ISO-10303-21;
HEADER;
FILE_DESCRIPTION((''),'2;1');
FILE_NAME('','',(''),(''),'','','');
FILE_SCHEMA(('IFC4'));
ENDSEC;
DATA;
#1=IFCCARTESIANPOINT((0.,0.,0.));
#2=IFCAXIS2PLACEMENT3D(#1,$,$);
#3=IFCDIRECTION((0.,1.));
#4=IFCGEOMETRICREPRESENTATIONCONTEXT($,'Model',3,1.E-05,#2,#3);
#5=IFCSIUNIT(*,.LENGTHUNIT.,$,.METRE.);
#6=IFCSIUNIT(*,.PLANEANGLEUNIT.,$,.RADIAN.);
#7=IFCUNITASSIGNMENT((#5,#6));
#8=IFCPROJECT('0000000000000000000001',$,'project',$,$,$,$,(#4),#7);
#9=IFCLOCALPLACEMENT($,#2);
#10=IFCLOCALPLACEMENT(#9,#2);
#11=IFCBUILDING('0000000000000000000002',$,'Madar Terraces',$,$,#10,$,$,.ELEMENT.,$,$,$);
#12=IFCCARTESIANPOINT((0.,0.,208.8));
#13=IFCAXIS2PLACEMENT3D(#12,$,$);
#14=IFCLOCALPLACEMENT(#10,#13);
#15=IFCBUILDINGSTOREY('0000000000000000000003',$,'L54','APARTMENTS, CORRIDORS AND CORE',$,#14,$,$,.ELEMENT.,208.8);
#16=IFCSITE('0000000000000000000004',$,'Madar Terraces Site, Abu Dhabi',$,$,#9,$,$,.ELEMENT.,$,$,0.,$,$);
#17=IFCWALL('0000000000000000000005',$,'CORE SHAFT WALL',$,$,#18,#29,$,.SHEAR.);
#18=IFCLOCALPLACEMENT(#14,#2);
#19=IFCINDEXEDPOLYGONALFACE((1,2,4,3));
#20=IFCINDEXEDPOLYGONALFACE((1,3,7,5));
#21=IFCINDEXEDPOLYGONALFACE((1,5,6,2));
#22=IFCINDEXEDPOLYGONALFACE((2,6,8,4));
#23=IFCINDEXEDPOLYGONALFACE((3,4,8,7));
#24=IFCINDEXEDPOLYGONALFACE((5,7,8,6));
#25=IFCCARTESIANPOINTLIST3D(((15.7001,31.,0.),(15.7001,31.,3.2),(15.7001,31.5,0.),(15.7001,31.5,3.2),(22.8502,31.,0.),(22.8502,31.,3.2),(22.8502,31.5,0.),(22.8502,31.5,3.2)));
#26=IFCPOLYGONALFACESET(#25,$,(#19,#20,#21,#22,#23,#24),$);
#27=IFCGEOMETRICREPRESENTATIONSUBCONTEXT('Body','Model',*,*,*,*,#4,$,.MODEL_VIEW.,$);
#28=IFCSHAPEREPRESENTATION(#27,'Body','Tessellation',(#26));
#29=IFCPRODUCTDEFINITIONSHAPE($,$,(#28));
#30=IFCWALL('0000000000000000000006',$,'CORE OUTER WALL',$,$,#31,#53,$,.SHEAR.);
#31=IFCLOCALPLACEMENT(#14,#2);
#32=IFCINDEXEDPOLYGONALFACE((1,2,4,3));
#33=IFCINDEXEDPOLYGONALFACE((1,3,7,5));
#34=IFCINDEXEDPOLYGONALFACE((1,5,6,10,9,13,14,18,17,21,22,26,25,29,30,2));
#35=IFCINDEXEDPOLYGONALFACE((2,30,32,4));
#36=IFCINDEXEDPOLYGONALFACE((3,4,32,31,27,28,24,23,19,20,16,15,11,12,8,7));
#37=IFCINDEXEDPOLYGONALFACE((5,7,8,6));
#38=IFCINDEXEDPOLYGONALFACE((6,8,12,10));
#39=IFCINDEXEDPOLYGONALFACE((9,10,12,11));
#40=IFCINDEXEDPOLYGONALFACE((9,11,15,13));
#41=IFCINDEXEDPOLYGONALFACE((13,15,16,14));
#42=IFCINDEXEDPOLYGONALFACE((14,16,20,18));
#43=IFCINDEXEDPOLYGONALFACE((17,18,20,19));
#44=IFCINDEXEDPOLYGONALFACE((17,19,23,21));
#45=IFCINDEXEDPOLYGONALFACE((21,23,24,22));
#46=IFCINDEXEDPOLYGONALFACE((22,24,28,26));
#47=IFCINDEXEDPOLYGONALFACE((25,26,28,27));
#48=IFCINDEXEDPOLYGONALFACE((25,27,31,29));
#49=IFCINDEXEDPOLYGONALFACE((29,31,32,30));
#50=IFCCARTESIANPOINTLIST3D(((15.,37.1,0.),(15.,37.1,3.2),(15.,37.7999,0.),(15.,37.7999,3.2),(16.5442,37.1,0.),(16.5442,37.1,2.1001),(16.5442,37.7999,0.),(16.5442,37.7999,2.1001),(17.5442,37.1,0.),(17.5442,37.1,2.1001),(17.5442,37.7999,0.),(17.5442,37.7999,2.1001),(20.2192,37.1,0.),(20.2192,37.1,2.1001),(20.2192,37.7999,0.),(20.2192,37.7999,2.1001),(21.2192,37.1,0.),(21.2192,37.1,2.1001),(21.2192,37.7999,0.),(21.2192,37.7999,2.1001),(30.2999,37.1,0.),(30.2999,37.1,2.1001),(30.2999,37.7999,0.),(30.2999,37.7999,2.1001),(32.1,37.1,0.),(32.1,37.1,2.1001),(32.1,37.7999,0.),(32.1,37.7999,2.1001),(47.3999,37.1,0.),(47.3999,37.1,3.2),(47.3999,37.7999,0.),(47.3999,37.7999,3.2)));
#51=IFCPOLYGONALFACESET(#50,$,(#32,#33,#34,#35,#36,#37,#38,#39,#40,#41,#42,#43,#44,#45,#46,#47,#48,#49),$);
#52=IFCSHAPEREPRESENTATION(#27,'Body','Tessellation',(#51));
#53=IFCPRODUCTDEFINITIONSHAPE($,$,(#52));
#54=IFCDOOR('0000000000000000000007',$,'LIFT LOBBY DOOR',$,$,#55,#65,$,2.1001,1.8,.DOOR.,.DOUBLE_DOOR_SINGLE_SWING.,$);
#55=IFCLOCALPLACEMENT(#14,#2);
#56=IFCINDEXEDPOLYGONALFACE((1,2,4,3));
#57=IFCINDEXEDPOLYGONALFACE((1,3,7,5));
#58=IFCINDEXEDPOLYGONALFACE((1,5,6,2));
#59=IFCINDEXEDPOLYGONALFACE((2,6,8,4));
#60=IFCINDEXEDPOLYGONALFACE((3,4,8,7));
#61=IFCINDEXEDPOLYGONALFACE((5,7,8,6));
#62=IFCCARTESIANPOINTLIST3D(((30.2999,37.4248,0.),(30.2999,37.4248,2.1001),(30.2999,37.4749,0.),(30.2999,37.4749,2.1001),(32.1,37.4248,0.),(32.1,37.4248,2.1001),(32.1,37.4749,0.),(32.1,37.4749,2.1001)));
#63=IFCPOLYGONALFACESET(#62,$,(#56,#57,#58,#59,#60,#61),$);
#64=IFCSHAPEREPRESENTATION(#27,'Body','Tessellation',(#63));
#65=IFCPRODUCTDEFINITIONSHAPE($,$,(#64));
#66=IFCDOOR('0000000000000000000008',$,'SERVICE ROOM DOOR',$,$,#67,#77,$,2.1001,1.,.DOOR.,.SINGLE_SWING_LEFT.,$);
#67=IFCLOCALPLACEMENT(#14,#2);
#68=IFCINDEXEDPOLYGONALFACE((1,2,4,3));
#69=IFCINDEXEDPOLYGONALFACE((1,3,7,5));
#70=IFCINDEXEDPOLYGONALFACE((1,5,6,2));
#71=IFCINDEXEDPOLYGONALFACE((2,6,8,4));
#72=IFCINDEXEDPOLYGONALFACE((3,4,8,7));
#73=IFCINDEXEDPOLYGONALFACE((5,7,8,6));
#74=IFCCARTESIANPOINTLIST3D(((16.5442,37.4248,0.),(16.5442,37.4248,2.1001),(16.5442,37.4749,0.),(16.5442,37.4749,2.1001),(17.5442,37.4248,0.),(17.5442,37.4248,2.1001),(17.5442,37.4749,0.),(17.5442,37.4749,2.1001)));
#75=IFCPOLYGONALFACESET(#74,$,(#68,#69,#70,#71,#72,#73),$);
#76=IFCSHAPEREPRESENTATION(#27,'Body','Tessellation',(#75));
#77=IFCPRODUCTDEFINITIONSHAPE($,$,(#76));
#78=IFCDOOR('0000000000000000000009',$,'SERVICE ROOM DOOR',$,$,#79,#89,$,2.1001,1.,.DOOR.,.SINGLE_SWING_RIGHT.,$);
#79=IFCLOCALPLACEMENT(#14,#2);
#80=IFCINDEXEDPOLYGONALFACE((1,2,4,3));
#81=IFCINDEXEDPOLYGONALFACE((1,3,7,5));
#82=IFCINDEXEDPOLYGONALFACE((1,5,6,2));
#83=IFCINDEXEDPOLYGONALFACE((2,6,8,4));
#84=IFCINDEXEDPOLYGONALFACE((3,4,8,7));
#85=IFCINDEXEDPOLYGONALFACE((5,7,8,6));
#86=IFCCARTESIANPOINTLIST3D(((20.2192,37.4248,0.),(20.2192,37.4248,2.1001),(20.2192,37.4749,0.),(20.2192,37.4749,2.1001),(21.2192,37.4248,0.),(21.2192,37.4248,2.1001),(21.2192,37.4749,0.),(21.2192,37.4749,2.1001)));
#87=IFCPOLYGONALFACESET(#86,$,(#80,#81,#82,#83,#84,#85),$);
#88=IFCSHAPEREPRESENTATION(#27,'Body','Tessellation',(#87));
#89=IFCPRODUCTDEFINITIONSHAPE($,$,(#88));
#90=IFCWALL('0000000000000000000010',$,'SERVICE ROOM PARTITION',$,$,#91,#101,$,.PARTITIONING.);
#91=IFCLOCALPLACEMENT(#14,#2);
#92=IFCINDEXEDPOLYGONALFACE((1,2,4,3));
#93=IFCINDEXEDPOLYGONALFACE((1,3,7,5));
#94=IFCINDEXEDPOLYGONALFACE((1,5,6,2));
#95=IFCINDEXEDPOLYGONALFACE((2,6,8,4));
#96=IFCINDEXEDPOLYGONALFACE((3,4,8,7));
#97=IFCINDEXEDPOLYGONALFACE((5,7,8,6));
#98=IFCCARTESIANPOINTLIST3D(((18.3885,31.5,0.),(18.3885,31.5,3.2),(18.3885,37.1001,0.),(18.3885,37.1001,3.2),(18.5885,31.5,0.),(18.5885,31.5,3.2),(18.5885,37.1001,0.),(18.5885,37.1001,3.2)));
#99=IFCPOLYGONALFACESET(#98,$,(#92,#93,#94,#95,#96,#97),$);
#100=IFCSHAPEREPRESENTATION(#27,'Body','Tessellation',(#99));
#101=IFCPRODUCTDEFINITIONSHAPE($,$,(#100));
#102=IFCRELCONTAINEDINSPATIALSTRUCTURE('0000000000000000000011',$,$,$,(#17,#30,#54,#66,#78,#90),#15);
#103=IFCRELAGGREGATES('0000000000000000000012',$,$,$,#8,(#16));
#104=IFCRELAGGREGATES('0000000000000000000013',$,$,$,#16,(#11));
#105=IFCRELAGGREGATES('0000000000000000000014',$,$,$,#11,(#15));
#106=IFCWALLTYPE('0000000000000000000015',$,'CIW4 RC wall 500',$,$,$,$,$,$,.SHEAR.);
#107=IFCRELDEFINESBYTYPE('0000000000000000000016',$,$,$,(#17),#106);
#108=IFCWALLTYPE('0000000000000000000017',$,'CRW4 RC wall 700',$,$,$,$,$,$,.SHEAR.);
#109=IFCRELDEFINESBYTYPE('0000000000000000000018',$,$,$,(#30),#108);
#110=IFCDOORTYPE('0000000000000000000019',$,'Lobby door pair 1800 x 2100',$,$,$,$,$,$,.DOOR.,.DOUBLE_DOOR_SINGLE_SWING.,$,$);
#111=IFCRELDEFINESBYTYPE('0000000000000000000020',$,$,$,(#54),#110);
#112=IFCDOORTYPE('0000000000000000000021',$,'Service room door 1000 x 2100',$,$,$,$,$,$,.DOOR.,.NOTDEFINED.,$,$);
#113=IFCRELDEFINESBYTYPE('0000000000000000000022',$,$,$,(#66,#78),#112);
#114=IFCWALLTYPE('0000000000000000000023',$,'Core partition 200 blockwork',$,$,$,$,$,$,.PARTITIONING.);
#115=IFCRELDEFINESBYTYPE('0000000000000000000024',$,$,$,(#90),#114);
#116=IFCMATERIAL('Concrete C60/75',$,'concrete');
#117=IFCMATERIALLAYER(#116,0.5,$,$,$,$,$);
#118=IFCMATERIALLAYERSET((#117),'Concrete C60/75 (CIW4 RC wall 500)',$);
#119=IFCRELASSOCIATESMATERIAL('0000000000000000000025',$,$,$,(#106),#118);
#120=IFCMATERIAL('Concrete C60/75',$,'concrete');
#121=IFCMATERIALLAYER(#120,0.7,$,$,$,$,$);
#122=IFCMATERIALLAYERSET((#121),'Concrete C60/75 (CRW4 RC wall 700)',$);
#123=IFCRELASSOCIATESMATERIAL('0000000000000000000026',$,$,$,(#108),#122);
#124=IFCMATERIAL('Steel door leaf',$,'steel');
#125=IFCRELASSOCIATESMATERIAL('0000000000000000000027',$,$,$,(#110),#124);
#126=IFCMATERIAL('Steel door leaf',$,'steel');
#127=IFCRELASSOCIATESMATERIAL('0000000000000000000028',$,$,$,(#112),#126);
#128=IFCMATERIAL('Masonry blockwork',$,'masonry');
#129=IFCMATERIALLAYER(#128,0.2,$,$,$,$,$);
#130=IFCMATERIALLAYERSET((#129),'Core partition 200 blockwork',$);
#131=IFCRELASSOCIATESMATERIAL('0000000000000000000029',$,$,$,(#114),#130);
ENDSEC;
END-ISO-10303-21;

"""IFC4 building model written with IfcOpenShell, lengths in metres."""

from ifc_helpers import new_model, si_unit, direction, frame, frame_2d, origin, place, context, subcontext, project, spatial, rectangle, extrude, material, layer, layer_set, type_object, element, fill, save


model = new_model("IFC4")

# Units and contexts
model_context = context("Model", 3, precision=1e-05, world=origin(), true_north=direction((0.0, 1.0)))
body_context = subcontext(model_context, "Body", "Model", "MODEL_VIEW")
ifc_project = project(units=[si_unit("LENGTHUNIT", "METRE"), si_unit("PLANEANGLEUNIT", "RADIAN")], contexts=[model_context])

# Site, building, storey
site_placement = place(None, origin())
site = spatial("IfcSite", under=ifc_project, at=site_placement, Name="Madar Terraces Site, Abu Dhabi", CompositionType="ELEMENT", RefElevation=0.0)
building_placement = place(site_placement, origin())
building = spatial("IfcBuilding", under=site, at=building_placement, Name="Madar Terraces", CompositionType="ELEMENT")
storey_placement = place(building_placement, frame((0.0, 0.0, 208.8)))
storey = spatial("IfcBuildingStorey", under=building, at=storey_placement, Name="L54", Description="APARTMENTS, CORRIDORS AND CORE", CompositionType="ELEMENT", Elevation=208.8)

# Wall
ifc_material_1 = material(Name="Concrete C60/75", Category="concrete")
ifc_layer_1 = layer(ifc_material_1, 0.5)
ifc_layer_set_1 = layer_set([ifc_layer_1], Name="Concrete C60/75 (CIW4 RC wall 500)")
wall_type_1 = type_object("IfcWallType", Name="CIW4 RC wall 500", PredefinedType="SHEAR", material=ifc_layer_set_1)
wall_1_placement = place(storey_placement, frame((15.7, 31.25, 0.0), z_axis=(0.0, 0.0, 1.0), x_axis=(1.0, 0.0, 0.0)))
element("IfcWall", 1, at=wall_1_placement, inside=storey, type_object=wall_type_1, Name="CORE SHAFT WALL", PredefinedType="SHEAR", context=body_context, shape_type="SweptSolid", body=[
    extrude(rectangle(XDim=7.1501, YDim=0.5, at=frame_2d((3.5752, 0.0))), origin(), (0.0, 0.0, 1.0), 3.2),
])

# Wall, openings, doors
ifc_material_2 = material(Name="Concrete C60/75", Category="concrete")
ifc_layer_2 = layer(ifc_material_2, 0.7)
ifc_layer_set_2 = layer_set([ifc_layer_2], Name="Concrete C60/75 (CRW4 RC wall 700)")
wall_type_2 = type_object("IfcWallType", Name="CRW4 RC wall 700", PredefinedType="SHEAR", material=ifc_layer_set_2)
wall_2_placement = place(storey_placement, frame((15.0, 37.45, 0.0), z_axis=(0.0, 0.0, 1.0), x_axis=(1.0, 0.0, 0.0)))
wall_2 = element("IfcWall", 2, at=wall_2_placement, inside=storey, type_object=wall_type_2, Name="CORE OUTER WALL", PredefinedType="SHEAR", context=body_context, shape_type="SweptSolid", body=[
    extrude(rectangle(XDim=32.3999, YDim=0.7, at=frame_2d((16.2, 0.0))), origin(), (0.0, 0.0, 1.0), 3.2),
])
opening_1_placement = place(wall_2_placement, frame((15.3, 0.0, 0.0)))
opening_1 = element("IfcOpeningElement", 3, at=opening_1_placement, cuts=wall_2, PredefinedType="OPENING", context=body_context, shape_type="SweptSolid", body=[
    extrude(rectangle(XDim=1.8, YDim=2.1001, at=frame_2d((0.8999, 1.05))), frame((0.0, 0.3599, 0.0), z_axis=(0.0, -1.0, 0.0), x_axis=(1.0, 0.0, 0.0)), (0.0, 0.0, 1.0), 0.72),
])
opening_2_placement = place(wall_2_placement, frame((1.5442, 0.0, 0.0)))
opening_2 = element("IfcOpeningElement", 4, at=opening_2_placement, cuts=wall_2, PredefinedType="OPENING", context=body_context, shape_type="SweptSolid", body=[
    extrude(rectangle(XDim=1.0, YDim=2.1001, at=frame_2d((0.5, 1.05))), frame((0.0, 0.3599, 0.0), z_axis=(0.0, -1.0, 0.0), x_axis=(1.0, 0.0, 0.0)), (0.0, 0.0, 1.0), 0.72),
])
opening_3_placement = place(wall_2_placement, frame((5.2192, 0.0, 0.0)))
opening_3 = element("IfcOpeningElement", 5, at=opening_3_placement, cuts=wall_2, PredefinedType="OPENING", context=body_context, shape_type="SweptSolid", body=[
    extrude(rectangle(XDim=1.0, YDim=2.1001, at=frame_2d((0.5, 1.05))), frame((0.0, 0.3599, 0.0), z_axis=(0.0, -1.0, 0.0), x_axis=(1.0, 0.0, 0.0)), (0.0, 0.0, 1.0), 0.72),
])
ifc_material_3 = material(Name="Steel door leaf", Category="steel")
door_type_1 = type_object("IfcDoorType", Name="Lobby door pair 1800 x 2100", OperationType="DOUBLE_DOOR_SINGLE_SWING", PredefinedType="DOOR", material=ifc_material_3)
door_1_placement = place(opening_1_placement, origin())
door_1 = element("IfcDoor", 6, at=door_1_placement, inside=storey, type_object=door_type_1, Name="LIFT LOBBY DOOR", OperationType="DOUBLE_DOOR_SINGLE_SWING", OverallHeight=2.1001, OverallWidth=1.8, PredefinedType="DOOR", context=body_context, shape_type="SweptSolid", body=[
    extrude(rectangle(XDim=1.8, YDim=2.1001, at=frame_2d((0.8999, 1.05))), frame((0.0, 0.0249, 0.0), z_axis=(0.0, -1.0, 0.0), x_axis=(1.0, 0.0, 0.0)), (0.0, 0.0, 1.0), 0.05),
])
fill(opening_1, door_1)
ifc_material_4 = material(Name="Steel door leaf", Category="steel")
door_type_2 = type_object("IfcDoorType", Name="Service room door 1000 x 2100", OperationType="NOTDEFINED", PredefinedType="DOOR", material=ifc_material_4)
door_2_placement = place(opening_2_placement, origin())
door_2 = element("IfcDoor", 7, at=door_2_placement, inside=storey, type_object=door_type_2, Name="SERVICE ROOM DOOR", OperationType="SINGLE_SWING_LEFT", OverallHeight=2.1001, OverallWidth=1.0, PredefinedType="DOOR", context=body_context, shape_type="SweptSolid", body=[
    extrude(rectangle(XDim=1.0, YDim=2.1001, at=frame_2d((0.5, 1.05))), frame((0.0, 0.0249, 0.0), z_axis=(0.0, -1.0, 0.0), x_axis=(1.0, 0.0, 0.0)), (0.0, 0.0, 1.0), 0.05),
])
fill(opening_2, door_2)
door_3_placement = place(opening_3_placement, origin())
door_3 = element("IfcDoor", 8, at=door_3_placement, inside=storey, type_object=door_type_2, Name="SERVICE ROOM DOOR", OperationType="SINGLE_SWING_RIGHT", OverallHeight=2.1001, OverallWidth=1.0, PredefinedType="DOOR", context=body_context, shape_type="SweptSolid", body=[
    extrude(rectangle(XDim=1.0, YDim=2.1001, at=frame_2d((0.5, 1.05))), frame((0.0, 0.0249, 0.0), z_axis=(0.0, -1.0, 0.0), x_axis=(1.0, 0.0, 0.0)), (0.0, 0.0, 1.0), 0.05),
])
fill(opening_3, door_3)

# Wall
ifc_material_5 = material(Name="Masonry blockwork", Category="masonry")
ifc_layer_3 = layer(ifc_material_5, 0.2)
ifc_layer_set_3 = layer_set([ifc_layer_3], Name="Core partition 200 blockwork")
wall_type_3 = type_object("IfcWallType", Name="Core partition 200 blockwork", PredefinedType="PARTITIONING", material=ifc_layer_set_3)
wall_3_placement = place(storey_placement, frame((18.4885, 31.5, 0.0), z_axis=(0.0, 0.0, 1.0), x_axis=(0.0, 1.0, 0.0)))
element("IfcWall", 9, at=wall_3_placement, inside=storey, type_object=wall_type_3, Name="SERVICE ROOM PARTITION", PredefinedType="PARTITIONING", context=body_context, shape_type="SweptSolid", body=[
    extrude(rectangle(XDim=5.6001, YDim=0.2, at=frame_2d((2.8, 0.0))), origin(), (0.0, 0.0, 1.0), 3.2),
])

save(model, "model.ifc")
